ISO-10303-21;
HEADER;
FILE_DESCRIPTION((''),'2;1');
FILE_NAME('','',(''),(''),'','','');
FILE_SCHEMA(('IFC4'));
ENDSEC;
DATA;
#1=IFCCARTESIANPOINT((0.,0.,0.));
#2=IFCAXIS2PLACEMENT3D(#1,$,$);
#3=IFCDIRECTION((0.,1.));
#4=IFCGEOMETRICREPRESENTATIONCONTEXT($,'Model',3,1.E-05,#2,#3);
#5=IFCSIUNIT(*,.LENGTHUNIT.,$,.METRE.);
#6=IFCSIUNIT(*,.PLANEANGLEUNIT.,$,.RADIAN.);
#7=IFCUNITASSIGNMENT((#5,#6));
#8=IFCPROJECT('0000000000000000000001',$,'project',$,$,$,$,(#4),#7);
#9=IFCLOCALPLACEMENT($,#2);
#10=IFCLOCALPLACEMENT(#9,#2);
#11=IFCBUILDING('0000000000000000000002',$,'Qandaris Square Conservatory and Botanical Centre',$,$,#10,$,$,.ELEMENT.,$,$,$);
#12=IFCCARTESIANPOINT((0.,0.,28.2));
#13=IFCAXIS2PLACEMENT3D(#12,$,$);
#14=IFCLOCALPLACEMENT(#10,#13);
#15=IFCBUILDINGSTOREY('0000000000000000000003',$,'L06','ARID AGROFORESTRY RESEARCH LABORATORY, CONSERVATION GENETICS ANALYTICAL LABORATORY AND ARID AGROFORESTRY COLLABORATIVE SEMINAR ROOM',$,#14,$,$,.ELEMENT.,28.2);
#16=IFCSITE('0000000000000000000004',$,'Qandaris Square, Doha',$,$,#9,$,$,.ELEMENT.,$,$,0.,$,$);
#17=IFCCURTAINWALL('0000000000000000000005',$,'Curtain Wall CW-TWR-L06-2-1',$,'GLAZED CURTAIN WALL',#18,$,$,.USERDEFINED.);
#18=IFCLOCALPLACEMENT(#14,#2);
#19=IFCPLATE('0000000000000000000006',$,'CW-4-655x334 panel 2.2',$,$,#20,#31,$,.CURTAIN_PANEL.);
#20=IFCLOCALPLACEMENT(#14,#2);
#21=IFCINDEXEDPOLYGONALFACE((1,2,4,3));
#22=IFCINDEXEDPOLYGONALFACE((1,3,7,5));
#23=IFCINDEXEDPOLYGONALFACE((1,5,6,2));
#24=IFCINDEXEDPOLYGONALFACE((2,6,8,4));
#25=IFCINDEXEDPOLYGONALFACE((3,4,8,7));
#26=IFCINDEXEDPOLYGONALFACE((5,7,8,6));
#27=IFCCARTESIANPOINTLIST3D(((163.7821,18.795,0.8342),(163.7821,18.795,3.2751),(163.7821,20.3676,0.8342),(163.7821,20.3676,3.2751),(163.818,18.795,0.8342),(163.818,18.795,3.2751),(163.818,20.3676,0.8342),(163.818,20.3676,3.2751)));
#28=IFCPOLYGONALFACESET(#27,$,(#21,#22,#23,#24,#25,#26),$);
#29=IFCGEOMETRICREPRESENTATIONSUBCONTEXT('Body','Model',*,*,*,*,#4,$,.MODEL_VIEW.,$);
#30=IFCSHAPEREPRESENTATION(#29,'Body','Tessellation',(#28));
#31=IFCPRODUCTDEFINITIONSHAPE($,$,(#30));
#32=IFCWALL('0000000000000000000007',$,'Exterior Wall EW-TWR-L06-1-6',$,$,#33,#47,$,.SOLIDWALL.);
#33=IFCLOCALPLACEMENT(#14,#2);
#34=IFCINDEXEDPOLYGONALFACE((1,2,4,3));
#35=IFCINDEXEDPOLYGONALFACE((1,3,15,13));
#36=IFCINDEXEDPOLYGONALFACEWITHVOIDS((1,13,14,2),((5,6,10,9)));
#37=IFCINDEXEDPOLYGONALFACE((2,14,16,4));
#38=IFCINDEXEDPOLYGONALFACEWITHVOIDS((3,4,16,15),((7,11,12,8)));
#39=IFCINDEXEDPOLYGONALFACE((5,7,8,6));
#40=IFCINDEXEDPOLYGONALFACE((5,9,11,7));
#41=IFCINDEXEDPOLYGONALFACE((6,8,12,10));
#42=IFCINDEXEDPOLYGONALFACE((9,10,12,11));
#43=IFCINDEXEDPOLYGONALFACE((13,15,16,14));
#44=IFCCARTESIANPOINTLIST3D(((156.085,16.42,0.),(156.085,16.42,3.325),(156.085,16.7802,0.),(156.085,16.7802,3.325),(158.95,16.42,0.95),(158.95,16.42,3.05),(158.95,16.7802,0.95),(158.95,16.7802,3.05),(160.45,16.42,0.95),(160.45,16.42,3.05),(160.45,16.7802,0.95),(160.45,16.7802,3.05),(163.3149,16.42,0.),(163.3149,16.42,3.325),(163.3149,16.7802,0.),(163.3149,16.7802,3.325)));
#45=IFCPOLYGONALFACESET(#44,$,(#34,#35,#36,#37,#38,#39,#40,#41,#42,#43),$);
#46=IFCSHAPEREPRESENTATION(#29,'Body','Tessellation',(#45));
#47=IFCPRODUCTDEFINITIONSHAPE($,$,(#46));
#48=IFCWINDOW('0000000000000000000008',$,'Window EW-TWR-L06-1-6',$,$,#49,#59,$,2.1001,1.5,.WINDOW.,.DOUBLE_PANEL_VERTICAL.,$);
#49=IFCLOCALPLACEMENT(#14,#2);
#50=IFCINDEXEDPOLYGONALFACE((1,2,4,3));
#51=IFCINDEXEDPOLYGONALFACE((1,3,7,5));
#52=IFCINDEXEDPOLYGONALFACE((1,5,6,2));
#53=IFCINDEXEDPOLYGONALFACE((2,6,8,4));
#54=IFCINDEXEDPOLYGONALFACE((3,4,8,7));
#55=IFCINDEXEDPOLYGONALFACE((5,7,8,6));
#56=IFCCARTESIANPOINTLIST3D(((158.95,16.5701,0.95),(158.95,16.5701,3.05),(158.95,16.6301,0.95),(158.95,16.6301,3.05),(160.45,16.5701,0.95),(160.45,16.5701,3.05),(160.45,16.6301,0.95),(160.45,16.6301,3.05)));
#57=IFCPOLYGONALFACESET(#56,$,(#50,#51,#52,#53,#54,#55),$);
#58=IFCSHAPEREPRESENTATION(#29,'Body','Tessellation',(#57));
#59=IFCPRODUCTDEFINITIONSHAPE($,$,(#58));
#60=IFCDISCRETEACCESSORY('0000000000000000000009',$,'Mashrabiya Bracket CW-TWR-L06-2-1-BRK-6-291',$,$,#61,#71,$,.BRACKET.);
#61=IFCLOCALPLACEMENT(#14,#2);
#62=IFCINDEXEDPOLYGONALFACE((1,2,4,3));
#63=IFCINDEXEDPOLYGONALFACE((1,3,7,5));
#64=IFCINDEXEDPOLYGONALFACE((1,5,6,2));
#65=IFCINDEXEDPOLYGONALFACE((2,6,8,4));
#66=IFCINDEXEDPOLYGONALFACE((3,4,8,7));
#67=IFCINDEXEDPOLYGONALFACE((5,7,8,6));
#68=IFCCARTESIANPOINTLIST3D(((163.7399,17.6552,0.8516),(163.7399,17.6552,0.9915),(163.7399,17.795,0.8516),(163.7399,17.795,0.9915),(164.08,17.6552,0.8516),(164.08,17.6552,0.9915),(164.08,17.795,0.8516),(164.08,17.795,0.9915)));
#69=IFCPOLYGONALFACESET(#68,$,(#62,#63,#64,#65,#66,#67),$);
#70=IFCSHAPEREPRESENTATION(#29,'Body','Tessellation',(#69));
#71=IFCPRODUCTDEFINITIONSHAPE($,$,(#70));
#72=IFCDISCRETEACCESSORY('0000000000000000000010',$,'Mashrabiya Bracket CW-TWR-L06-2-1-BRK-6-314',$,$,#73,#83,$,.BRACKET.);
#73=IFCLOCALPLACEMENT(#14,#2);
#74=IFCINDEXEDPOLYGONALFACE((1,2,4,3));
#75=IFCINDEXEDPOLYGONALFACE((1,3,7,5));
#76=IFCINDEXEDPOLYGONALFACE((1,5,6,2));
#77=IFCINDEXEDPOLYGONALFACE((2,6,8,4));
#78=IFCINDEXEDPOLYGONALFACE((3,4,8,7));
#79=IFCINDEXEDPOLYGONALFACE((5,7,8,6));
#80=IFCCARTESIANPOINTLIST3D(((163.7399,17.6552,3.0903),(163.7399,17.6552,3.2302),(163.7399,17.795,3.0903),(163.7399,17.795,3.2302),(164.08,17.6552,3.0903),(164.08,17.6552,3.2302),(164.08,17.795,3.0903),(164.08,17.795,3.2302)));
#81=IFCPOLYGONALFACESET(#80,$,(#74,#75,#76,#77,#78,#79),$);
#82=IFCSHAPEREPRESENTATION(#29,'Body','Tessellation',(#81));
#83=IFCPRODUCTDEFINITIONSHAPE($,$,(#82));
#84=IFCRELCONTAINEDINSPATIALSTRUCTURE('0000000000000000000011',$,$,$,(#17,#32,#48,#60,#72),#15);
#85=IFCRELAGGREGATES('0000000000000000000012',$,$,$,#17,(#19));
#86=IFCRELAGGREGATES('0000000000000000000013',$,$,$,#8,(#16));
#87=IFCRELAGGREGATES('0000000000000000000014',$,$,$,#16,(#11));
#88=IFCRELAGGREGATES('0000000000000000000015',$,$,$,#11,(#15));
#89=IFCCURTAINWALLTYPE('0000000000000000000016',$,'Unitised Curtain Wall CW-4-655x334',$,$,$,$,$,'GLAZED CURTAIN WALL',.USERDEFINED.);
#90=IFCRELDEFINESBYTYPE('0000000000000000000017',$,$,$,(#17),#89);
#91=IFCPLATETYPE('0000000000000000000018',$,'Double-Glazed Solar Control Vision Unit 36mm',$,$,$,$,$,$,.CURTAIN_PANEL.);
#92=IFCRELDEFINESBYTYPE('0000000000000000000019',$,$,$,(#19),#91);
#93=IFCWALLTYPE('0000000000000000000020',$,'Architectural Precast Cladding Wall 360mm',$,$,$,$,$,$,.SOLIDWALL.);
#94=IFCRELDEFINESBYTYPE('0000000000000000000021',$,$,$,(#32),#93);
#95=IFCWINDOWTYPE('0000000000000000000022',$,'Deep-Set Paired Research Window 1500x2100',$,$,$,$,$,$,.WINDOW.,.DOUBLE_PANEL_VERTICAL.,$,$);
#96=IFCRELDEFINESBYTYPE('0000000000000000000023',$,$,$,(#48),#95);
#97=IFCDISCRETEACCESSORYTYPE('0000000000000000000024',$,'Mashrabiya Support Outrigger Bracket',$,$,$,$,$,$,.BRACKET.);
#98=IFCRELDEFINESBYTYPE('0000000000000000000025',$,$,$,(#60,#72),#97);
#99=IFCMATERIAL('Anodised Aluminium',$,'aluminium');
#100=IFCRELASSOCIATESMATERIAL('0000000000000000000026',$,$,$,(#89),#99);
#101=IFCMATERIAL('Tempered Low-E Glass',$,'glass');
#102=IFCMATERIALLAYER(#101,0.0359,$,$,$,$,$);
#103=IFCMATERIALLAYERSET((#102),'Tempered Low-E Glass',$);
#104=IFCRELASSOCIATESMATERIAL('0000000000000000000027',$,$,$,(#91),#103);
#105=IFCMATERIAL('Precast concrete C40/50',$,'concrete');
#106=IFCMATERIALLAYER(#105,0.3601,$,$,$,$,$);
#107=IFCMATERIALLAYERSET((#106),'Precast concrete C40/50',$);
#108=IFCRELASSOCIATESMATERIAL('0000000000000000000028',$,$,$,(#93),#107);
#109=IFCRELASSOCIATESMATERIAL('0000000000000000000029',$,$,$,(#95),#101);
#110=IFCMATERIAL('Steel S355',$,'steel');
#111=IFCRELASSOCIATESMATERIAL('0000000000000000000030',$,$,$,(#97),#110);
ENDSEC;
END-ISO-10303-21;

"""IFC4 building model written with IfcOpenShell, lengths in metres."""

from ifc_helpers import new_model, si_unit, direction, frame, frame_2d, origin, origin_2d, place, context, subcontext, project, spatial, rectangle, extrude, material, layer, layer_set, type_object, element, fill, aggregate, save


model = new_model("IFC4")

# Units and contexts
model_context = context("Model", 3, precision=1e-05, world=origin(), true_north=direction((0.0, 1.0)))
body_context = subcontext(model_context, "Body", "Model", "MODEL_VIEW")
ifc_project = project(units=[si_unit("LENGTHUNIT", "METRE"), si_unit("PLANEANGLEUNIT", "RADIAN")], contexts=[model_context])

# Site, building, storey
site_placement = place(None, origin())
site = spatial("IfcSite", under=ifc_project, at=site_placement, Name="Qandaris Square, Doha", CompositionType="ELEMENT", RefElevation=0.0)
building_placement = place(site_placement, origin())
building = spatial("IfcBuilding", under=site, at=building_placement, Name="Qandaris Square Conservatory and Botanical Centre", CompositionType="ELEMENT")
storey_placement = place(building_placement, frame((0.0, 0.0, 28.2)))
storey = spatial("IfcBuildingStorey", under=building, at=storey_placement, Name="L06", Description="ARID AGROFORESTRY RESEARCH LABORATORY, CONSERVATION GENETICS ANALYTICAL LABORATORY AND ARID AGROFORESTRY COLLABORATIVE SEMINAR ROOM", CompositionType="ELEMENT", Elevation=28.2)

# Curtain wall
ifc_material_1 = material(Name="Anodised Aluminium", Category="aluminium")
curtain_wall_type = type_object("IfcCurtainWallType", Name="Unitised Curtain Wall CW-4-655x334", ElementType="GLAZED CURTAIN WALL", PredefinedType="USERDEFINED", material=ifc_material_1)
curtain_wall_placement = place(storey_placement, origin())
curtain_wall = element("IfcCurtainWall", 1, at=curtain_wall_placement, inside=storey, type_object=curtain_wall_type, Name="Curtain Wall CW-TWR-L06-2-1", ObjectType="GLAZED CURTAIN WALL", PredefinedType="USERDEFINED")

# Plate
ifc_material_2 = material(Name="Tempered Low-E Glass", Category="glass")
ifc_layer_1 = layer(ifc_material_2, 0.0359)
ifc_layer_set_1 = layer_set([ifc_layer_1], Name="Tempered Low-E Glass")
plate_type = type_object("IfcPlateType", Name="Double-Glazed Solar Control Vision Unit 36mm", PredefinedType="CURTAIN_PANEL", material=ifc_layer_set_1)
plate_1_placement = place(storey_placement, frame((163.8, 19.5813, 0.8342), z_axis=(0.0, 0.0, 1.0), x_axis=(0.0, 1.0, 0.0)))
plate_1 = element("IfcPlate", 2, at=plate_1_placement, type_object=plate_type, Name="CW-4-655x334 panel 2.2", PredefinedType="CURTAIN_PANEL", context=body_context, shape_type="SweptSolid", body=[
    extrude(rectangle(XDim=1.5725, YDim=0.0359, at=origin_2d()), origin(), (0.0, 0.0, 1.0), 2.4409),
])
aggregate(curtain_wall, [plate_1])

# Wall, opening, window
ifc_material_3 = material(Name="Precast concrete C40/50", Category="concrete")
ifc_layer_2 = layer(ifc_material_3, 0.3601)
ifc_layer_set_2 = layer_set([ifc_layer_2], Name="Precast concrete C40/50")
wall_type = type_object("IfcWallType", Name="Architectural Precast Cladding Wall 360mm", PredefinedType="SOLIDWALL", material=ifc_layer_set_2)
wall_placement = place(storey_placement, frame((156.085, 16.6001, 0.0), z_axis=(0.0, 0.0, 1.0), x_axis=(1.0, 0.0, 0.0)))
wall = element("IfcWall", 3, at=wall_placement, inside=storey, type_object=wall_type, Name="Exterior Wall EW-TWR-L06-1-6", PredefinedType="SOLIDWALL", context=body_context, shape_type="SweptSolid", body=[
    extrude(rectangle(XDim=7.23, YDim=0.3601, at=frame_2d((3.615, 0.0))), origin(), (0.0, 0.0, 1.0), 3.325),
])
opening_placement = place(wall_placement, frame((2.865, 0.0, 0.95)))
opening = element("IfcOpeningElement", 4, at=opening_placement, cuts=wall, PredefinedType="OPENING", context=body_context, shape_type="SweptSolid", body=[
    extrude(rectangle(XDim=1.5, YDim=2.1001, at=frame_2d((0.75, 1.05))), frame((0.0, 0.1919, 0.0), z_axis=(0.0, -1.0, 0.0), x_axis=(1.0, 0.0, 0.0)), (0.0, 0.0, 1.0), 0.384),
])
window_type = type_object("IfcWindowType", Name="Deep-Set Paired Research Window 1500x2100", PartitioningType="DOUBLE_PANEL_VERTICAL", PredefinedType="WINDOW", material=ifc_material_2)
window_placement = place(opening_placement, origin())
window = element("IfcWindow", 5, at=window_placement, inside=storey, type_object=window_type, Name="Window EW-TWR-L06-1-6", OverallHeight=2.1001, OverallWidth=1.5, PartitioningType="DOUBLE_PANEL_VERTICAL", PredefinedType="WINDOW", context=body_context, shape_type="SweptSolid", body=[
    extrude(rectangle(XDim=1.5, YDim=2.1001, at=frame_2d((0.75, 1.05))), frame((0.0, 0.03, 0.0), z_axis=(0.0, -1.0, 0.0), x_axis=(1.0, 0.0, 0.0)), (0.0, 0.0, 1.0), 0.0601),
])
fill(opening, window)

# Discrete accessories
ifc_material_4 = material(Name="Steel S355", Category="steel")
discrete_accessory_type = type_object("IfcDiscreteAccessoryType", Name="Mashrabiya Support Outrigger Bracket", PredefinedType="BRACKET", material=ifc_material_4)
for number, where, z_axis, x_axis, name in (
    (6, (163.9099, 17.7251, 0.8516), (0.0, 0.0, 1.0), (0.0, 1.0, 0.0), "Mashrabiya Bracket CW-TWR-L06-2-1-BRK-6-291"),
    (7, (163.9099, 17.7251, 3.0903), (0.0, 0.0, 1.0), (0.0, 1.0, 0.0), "Mashrabiya Bracket CW-TWR-L06-2-1-BRK-6-314"),
):
    element("IfcDiscreteAccessory", number, at=place(storey_placement, frame(where, z_axis=z_axis, x_axis=x_axis)), inside=storey, type_object=discrete_accessory_type, Name=name, PredefinedType="BRACKET", context=body_context, shape_type="SweptSolid", body=[
        extrude(rectangle(XDim=0.1399, YDim=0.3401, at=origin_2d()), origin(), (0.0, 0.0, 1.0), 0.1399),
    ])

save(model, "model.ifc")
